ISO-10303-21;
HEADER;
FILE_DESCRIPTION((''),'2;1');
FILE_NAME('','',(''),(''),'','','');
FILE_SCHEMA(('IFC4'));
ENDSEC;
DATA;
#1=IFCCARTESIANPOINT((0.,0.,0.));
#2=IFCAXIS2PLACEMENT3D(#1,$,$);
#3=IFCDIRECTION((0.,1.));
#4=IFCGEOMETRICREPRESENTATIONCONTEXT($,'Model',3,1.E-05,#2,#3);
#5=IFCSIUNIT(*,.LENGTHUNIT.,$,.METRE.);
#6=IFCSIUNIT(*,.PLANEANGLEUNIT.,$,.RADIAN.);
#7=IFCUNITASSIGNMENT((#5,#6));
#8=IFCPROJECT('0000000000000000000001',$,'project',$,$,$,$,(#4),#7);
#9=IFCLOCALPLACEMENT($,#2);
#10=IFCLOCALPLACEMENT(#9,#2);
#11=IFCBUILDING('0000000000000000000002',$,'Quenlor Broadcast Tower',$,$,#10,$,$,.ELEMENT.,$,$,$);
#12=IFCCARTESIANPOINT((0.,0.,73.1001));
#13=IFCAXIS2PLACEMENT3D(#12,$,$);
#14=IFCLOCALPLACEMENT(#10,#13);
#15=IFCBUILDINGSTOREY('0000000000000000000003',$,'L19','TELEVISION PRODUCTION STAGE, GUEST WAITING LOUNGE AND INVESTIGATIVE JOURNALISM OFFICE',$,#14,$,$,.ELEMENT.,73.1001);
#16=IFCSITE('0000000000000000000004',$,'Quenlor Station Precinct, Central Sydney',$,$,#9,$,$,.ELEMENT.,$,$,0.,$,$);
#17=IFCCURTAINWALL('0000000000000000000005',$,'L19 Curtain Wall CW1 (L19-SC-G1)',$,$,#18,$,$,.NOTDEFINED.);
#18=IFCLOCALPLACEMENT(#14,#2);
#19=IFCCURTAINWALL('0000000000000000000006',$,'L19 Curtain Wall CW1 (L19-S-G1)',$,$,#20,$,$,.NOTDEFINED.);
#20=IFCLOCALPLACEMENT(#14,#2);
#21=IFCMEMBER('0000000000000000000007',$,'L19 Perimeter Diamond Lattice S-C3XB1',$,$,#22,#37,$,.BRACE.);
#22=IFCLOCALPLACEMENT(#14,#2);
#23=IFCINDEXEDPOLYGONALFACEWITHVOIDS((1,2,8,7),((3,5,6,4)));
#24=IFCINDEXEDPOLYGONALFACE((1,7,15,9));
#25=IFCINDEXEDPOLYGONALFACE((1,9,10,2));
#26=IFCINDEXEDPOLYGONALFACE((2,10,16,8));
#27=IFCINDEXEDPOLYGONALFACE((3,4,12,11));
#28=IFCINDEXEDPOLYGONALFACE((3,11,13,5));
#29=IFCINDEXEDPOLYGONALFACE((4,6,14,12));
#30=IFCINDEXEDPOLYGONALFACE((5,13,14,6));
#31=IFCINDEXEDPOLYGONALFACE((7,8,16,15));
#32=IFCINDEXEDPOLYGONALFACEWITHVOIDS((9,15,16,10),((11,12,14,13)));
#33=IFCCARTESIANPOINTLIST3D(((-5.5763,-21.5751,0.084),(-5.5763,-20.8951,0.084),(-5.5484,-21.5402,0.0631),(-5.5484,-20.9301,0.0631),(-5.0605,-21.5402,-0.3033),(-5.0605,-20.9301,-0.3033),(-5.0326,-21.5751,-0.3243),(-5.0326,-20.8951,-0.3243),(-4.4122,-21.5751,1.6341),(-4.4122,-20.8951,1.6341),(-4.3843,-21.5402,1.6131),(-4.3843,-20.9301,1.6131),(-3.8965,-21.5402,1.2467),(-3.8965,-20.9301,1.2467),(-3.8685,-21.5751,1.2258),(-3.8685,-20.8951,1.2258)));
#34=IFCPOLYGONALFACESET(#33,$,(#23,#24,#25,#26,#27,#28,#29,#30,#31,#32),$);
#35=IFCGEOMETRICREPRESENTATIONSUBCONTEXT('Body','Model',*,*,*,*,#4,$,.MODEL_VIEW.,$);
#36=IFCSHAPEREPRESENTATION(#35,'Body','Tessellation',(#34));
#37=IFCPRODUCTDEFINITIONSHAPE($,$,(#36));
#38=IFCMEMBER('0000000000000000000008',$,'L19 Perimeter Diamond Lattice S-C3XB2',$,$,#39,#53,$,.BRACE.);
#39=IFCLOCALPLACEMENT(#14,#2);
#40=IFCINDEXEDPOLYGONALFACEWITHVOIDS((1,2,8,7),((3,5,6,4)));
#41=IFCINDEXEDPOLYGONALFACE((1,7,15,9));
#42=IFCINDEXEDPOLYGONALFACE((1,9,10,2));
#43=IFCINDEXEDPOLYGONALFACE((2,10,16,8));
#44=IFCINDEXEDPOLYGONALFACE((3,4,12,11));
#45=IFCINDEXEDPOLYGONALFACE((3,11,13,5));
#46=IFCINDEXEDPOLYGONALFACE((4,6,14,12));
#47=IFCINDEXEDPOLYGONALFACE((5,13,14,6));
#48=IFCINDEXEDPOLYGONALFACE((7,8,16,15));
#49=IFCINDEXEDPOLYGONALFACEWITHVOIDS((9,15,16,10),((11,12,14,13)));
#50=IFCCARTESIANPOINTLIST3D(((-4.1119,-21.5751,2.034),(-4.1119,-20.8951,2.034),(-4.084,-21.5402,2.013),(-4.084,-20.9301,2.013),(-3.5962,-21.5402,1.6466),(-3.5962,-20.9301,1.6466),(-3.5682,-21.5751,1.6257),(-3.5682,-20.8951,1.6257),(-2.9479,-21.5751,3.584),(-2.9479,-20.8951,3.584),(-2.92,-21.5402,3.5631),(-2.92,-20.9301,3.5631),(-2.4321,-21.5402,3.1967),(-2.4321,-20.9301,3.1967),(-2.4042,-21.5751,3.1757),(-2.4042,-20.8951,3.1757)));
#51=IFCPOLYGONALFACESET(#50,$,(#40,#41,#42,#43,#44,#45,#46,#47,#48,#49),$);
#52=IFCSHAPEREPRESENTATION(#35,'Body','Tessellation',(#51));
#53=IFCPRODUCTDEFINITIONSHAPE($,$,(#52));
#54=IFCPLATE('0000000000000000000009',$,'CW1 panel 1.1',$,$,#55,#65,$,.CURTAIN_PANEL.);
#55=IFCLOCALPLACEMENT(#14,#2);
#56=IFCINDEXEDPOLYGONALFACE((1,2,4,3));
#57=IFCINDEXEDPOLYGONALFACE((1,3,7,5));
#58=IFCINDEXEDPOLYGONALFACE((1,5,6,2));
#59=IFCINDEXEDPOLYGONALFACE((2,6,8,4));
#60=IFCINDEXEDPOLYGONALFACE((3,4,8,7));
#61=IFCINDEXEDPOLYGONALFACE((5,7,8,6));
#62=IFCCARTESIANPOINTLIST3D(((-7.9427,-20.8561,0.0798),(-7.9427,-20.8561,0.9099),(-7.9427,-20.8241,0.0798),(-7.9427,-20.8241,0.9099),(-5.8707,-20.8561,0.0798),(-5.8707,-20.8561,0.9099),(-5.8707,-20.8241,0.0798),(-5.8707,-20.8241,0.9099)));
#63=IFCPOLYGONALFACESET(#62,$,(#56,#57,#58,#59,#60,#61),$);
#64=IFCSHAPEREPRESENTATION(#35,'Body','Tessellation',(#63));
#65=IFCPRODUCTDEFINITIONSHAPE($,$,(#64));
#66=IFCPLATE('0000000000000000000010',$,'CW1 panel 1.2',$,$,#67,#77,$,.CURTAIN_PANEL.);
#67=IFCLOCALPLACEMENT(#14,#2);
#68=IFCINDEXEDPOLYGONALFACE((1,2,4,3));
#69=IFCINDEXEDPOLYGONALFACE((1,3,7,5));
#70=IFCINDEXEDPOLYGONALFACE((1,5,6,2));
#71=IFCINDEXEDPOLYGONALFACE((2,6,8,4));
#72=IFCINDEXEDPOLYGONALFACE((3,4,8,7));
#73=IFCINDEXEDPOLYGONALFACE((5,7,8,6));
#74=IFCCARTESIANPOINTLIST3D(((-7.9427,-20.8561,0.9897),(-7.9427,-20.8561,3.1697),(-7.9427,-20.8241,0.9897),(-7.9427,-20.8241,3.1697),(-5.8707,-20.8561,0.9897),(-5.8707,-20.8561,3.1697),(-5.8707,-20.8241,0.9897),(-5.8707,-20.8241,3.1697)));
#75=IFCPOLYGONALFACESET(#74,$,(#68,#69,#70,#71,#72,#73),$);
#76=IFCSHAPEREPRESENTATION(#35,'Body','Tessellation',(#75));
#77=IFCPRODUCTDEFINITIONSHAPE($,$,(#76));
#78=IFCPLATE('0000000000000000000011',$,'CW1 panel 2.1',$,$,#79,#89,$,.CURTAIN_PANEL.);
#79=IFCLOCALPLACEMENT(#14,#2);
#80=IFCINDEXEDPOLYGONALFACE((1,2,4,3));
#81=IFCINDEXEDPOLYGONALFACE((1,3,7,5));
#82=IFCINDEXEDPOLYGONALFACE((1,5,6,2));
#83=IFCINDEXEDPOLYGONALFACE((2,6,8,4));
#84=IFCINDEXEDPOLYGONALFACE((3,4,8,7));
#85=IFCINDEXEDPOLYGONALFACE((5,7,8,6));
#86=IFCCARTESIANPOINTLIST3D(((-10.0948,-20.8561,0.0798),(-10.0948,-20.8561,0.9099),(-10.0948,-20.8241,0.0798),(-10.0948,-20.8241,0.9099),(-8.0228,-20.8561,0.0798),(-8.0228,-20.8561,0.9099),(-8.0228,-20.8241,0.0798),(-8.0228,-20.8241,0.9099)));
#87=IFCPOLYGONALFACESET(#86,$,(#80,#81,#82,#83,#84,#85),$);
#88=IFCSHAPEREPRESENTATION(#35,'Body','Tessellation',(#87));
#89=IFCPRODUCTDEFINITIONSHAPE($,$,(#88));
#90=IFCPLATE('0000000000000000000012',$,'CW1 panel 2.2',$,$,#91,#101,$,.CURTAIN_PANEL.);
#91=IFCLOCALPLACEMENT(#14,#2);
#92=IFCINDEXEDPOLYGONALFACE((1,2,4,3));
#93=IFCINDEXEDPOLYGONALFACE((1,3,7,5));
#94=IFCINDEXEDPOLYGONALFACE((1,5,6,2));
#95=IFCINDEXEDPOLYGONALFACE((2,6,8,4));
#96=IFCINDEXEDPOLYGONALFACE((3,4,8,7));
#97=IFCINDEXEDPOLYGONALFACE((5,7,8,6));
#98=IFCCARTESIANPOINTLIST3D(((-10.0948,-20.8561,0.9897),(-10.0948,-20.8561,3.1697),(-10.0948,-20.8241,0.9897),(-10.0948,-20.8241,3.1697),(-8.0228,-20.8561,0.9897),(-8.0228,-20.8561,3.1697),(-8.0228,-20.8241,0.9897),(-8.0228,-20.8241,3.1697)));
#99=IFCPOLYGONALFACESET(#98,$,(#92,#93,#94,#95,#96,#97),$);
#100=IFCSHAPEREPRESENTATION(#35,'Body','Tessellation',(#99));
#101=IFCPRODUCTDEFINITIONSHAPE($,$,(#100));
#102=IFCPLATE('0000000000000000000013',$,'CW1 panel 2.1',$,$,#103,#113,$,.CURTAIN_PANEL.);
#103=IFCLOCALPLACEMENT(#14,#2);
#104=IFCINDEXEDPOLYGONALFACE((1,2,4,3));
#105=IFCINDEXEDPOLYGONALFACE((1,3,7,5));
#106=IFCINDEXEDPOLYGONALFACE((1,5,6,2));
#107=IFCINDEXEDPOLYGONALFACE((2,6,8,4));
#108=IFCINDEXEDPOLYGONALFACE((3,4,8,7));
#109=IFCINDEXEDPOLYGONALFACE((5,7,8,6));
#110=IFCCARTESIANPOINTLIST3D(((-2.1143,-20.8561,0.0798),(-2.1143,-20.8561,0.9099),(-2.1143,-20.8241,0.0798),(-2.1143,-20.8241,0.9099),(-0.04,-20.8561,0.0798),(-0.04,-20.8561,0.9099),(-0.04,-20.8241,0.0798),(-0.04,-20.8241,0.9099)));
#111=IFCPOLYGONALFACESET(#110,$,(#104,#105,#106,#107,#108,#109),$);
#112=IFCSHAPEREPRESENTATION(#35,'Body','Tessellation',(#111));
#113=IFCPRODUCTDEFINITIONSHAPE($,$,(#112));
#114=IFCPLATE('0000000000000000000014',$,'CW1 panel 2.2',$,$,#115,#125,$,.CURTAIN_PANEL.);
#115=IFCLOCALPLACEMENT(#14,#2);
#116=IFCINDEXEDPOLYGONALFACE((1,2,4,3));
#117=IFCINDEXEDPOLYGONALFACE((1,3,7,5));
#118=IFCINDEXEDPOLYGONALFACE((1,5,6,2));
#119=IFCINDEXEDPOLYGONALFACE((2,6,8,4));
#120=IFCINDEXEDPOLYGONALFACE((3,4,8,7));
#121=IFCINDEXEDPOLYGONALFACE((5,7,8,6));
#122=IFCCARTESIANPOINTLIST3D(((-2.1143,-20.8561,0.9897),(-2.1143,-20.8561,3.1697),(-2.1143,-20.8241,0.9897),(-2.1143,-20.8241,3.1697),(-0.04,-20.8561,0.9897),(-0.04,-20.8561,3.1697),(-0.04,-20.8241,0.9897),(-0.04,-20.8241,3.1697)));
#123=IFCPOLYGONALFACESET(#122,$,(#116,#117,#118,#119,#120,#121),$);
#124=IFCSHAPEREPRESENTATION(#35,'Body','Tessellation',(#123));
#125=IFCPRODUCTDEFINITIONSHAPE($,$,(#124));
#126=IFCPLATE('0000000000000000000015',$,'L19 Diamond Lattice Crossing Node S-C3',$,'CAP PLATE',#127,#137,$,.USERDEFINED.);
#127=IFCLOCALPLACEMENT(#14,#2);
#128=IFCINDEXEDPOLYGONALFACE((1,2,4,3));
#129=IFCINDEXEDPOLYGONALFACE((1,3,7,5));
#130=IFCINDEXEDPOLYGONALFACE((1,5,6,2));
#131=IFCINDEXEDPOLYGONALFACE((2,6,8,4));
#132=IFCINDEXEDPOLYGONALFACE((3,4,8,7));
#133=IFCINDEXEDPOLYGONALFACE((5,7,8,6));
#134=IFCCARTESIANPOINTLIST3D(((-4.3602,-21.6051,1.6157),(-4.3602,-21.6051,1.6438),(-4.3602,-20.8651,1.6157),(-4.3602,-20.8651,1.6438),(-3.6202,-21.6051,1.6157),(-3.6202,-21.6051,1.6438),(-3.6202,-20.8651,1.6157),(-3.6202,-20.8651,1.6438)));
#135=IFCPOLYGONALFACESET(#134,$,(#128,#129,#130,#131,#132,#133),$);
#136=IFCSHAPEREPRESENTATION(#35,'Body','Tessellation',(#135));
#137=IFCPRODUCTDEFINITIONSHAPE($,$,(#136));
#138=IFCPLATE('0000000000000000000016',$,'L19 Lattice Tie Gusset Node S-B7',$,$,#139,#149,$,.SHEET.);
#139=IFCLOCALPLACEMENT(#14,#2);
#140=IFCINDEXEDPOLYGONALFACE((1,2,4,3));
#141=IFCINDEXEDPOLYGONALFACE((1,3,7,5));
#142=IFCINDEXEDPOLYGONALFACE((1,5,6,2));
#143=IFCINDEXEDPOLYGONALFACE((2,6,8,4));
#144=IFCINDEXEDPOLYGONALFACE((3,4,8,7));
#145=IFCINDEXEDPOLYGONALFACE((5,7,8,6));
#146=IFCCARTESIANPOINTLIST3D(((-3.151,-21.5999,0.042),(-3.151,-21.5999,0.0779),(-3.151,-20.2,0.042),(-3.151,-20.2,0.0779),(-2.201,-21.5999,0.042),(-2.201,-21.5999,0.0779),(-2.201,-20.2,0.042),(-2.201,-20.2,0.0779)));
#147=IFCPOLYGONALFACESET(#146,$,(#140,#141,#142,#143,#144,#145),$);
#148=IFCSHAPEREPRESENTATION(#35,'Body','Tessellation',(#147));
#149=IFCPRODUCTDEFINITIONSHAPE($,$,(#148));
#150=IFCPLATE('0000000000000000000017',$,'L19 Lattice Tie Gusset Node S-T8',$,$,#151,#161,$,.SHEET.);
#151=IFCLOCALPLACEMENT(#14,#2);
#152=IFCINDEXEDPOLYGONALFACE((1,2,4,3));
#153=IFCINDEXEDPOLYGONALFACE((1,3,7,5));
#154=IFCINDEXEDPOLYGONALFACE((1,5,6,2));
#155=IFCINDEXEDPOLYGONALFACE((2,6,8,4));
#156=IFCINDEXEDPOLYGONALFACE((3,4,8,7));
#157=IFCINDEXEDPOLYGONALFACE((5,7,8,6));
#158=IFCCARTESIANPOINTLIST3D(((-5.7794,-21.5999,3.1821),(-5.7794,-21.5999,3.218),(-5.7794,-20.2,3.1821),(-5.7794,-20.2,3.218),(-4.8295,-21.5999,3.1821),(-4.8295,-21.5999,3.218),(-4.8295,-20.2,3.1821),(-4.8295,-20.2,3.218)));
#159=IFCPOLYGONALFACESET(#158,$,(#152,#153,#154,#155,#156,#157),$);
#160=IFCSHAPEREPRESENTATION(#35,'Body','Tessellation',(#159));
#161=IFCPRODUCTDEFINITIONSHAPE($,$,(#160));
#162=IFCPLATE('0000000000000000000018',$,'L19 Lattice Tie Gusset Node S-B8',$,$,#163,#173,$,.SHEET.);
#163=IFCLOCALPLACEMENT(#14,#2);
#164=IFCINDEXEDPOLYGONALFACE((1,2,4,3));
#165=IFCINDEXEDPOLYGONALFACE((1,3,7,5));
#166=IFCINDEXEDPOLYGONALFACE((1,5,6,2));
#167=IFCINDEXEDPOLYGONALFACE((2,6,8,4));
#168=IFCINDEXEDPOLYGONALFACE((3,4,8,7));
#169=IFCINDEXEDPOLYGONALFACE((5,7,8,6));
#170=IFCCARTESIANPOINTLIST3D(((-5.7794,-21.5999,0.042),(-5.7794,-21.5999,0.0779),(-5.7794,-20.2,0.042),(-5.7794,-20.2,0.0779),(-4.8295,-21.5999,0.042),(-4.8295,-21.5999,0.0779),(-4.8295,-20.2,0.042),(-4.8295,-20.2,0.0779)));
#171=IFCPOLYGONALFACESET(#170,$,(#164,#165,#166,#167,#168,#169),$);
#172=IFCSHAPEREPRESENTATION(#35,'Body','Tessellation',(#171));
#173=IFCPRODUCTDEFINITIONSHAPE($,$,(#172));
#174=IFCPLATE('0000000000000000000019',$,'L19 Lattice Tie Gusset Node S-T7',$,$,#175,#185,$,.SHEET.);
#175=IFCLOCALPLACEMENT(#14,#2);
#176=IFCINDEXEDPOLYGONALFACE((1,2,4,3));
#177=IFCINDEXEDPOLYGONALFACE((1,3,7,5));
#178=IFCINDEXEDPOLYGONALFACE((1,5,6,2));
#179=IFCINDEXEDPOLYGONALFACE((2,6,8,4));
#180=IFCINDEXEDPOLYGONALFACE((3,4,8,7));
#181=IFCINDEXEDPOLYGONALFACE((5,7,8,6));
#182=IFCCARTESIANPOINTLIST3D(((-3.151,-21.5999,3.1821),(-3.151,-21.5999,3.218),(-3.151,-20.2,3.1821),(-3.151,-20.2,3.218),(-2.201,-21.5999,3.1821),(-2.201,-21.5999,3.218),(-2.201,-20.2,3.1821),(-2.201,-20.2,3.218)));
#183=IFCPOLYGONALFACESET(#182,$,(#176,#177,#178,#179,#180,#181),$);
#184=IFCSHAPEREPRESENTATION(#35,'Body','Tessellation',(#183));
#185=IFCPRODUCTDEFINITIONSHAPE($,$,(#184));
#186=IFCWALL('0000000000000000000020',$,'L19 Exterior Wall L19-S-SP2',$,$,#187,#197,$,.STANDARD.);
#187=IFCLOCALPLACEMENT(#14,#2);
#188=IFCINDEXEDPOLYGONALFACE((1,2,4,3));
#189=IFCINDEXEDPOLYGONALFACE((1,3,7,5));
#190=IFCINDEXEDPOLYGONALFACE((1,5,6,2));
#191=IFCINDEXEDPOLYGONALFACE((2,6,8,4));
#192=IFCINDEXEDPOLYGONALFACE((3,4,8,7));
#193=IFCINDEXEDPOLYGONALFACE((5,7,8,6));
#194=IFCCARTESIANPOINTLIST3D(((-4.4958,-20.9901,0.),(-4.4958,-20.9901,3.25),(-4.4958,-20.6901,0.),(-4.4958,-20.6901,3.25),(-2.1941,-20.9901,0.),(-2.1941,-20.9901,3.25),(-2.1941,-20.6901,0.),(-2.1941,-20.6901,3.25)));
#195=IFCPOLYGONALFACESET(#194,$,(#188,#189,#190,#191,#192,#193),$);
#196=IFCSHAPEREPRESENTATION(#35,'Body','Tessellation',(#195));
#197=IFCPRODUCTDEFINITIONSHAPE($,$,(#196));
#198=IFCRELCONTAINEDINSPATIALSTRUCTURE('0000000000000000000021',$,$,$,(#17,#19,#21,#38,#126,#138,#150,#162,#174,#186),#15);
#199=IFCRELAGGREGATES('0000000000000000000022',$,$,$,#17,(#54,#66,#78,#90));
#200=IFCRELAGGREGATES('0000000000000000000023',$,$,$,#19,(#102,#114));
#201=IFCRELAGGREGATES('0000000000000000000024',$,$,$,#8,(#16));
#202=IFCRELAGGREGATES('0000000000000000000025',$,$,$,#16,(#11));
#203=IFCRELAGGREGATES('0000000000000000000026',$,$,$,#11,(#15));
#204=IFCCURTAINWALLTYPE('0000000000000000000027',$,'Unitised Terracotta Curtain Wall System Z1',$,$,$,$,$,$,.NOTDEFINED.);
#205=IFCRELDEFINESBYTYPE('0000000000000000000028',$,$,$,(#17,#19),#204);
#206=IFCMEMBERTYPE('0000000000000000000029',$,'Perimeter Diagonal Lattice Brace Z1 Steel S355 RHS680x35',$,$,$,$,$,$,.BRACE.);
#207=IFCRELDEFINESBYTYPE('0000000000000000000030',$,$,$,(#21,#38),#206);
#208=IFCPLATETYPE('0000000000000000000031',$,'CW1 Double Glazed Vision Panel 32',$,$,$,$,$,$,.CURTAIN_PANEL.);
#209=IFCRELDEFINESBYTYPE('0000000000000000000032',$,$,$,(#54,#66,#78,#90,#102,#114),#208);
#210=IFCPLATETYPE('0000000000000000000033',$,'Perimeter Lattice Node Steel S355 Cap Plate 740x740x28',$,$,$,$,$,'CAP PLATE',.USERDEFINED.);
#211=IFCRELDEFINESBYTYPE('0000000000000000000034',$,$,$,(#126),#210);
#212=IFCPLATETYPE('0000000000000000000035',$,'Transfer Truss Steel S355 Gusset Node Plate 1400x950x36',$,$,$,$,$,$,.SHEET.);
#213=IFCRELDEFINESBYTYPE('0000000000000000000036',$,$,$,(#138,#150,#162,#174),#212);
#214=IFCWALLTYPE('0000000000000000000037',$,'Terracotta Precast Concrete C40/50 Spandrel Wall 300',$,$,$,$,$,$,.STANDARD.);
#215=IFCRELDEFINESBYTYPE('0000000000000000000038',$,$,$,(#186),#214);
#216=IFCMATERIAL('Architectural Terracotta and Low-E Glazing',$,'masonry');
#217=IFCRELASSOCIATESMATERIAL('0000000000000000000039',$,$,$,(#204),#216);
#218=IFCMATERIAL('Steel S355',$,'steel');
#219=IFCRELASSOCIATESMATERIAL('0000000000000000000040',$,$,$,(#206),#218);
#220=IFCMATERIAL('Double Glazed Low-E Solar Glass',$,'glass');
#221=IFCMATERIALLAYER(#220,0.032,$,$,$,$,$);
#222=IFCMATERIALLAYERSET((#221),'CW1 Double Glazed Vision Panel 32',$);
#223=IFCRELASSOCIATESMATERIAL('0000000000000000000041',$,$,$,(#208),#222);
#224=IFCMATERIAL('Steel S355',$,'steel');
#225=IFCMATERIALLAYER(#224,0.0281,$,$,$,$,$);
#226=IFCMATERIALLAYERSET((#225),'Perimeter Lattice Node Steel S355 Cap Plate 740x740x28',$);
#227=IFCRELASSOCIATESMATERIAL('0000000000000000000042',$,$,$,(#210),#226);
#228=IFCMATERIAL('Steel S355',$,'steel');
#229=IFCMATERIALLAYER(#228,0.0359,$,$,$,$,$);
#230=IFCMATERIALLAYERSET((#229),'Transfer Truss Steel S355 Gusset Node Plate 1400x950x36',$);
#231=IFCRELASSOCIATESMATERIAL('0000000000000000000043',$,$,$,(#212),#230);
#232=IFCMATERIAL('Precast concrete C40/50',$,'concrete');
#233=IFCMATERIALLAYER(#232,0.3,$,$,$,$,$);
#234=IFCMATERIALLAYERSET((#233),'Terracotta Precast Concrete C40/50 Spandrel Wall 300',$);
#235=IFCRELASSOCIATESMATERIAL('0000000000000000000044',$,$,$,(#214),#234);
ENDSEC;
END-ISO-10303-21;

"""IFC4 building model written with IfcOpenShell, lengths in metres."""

from ifc_helpers import new_model, si_unit, direction, frame, frame_2d, origin, origin_2d, place, context, subcontext, project, spatial, rectangle, hollow_rectangle, extrude, material, layer, layer_set, material_profile, profile_set, type_object, element, aggregate, save


model = new_model("IFC4")

# Units and contexts
model_context = context("Model", 3, precision=1e-05, world=origin(), true_north=direction((0.0, 1.0)))
body_context = subcontext(model_context, "Body", "Model", "MODEL_VIEW")
ifc_project = project(units=[si_unit("LENGTHUNIT", "METRE"), si_unit("PLANEANGLEUNIT", "RADIAN")], contexts=[model_context])

# Site, building, storey
site_placement = place(None, origin())
site = spatial("IfcSite", under=ifc_project, at=site_placement, Name="Quenlor Station Precinct, Central Sydney", CompositionType="ELEMENT", RefElevation=0.0)
building_placement = place(site_placement, origin())
building = spatial("IfcBuilding", under=site, at=building_placement, Name="Quenlor Broadcast Tower", CompositionType="ELEMENT")
storey_placement = place(building_placement, frame((0.0, 0.0, 73.1001)))
storey = spatial("IfcBuildingStorey", under=building, at=storey_placement, Name="L19", Description="TELEVISION PRODUCTION STAGE, GUEST WAITING LOUNGE AND INVESTIGATIVE JOURNALISM OFFICE", CompositionType="ELEMENT", Elevation=73.1001)

# Curtain wall
ifc_material_1 = material(Name="Architectural Terracotta and Low-E Glazing", Category="masonry")
curtain_wall_type = type_object("IfcCurtainWallType", Name="Unitised Terracotta Curtain Wall System Z1", PredefinedType="NOTDEFINED", material=ifc_material_1)
curtain_wall_1_placement = place(storey_placement, origin())
curtain_wall_1 = element("IfcCurtainWall", 1, at=curtain_wall_1_placement, inside=storey, type_object=curtain_wall_type, Name="L19 Curtain Wall CW1 (L19-SC-G1)", PredefinedType="NOTDEFINED")

# Curtain wall
curtain_wall_2_placement = place(storey_placement, origin())
curtain_wall_2 = element("IfcCurtainWall", 2, at=curtain_wall_2_placement, inside=storey, type_object=curtain_wall_type, Name="L19 Curtain Wall CW1 (L19-S-G1)", PredefinedType="NOTDEFINED")

# Members
ifc_material_2 = material(Name="Steel S355", Category="steel")
ifc_material_profile_1 = material_profile(ifc_material_2, hollow_rectangle(XDim=0.6799, YDim=0.6799, WallThickness=0.0349, at=origin_2d()))
ifc_profile_set_1 = profile_set([ifc_material_profile_1], Name="Steel S355 RHS680x680x35")
member_type_1 = type_object("IfcMemberType", Name="Perimeter Diagonal Lattice Brace Z1 Steel S355 RHS680x35", PredefinedType="BRACE", material=ifc_profile_set_1)
for number, where, z_axis, x_axis, name in (
    (3, (-5.3044, -21.2351, -0.1201), (0.600504, 0.0, 0.799622), (0.0, 1.0, 0.0), "L19 Perimeter Diamond Lattice S-C3XB1"),
    (4, (-3.8401, -21.2351, 1.8298), (0.600504, 0.0, 0.799622), (0.0, 1.0, 0.0), "L19 Perimeter Diamond Lattice S-C3XB2"),
):
    element("IfcMember", number, at=place(storey_placement, frame(where, z_axis=z_axis, x_axis=x_axis)), inside=storey, type_object=member_type_1, Name=name, PredefinedType="BRACE", context=body_context, shape_type="SweptSolid", body=[
        extrude(hollow_rectangle(XDim=0.6799, YDim=0.6799, WallThickness=0.0349, at=origin_2d()), origin(), (0.0, 0.0, 1.0), 1.9385),
    ])

# Plates
ifc_material_3 = material(Name="Double Glazed Low-E Solar Glass", Category="glass")
ifc_layer_1 = layer(ifc_material_3, 0.032)
ifc_layer_set_1 = layer_set([ifc_layer_1], Name="CW1 Double Glazed Vision Panel 32")
plate_type_1 = type_object("IfcPlateType", Name="CW1 Double Glazed Vision Panel 32", PredefinedType="CURTAIN_PANEL", material=ifc_layer_set_1)
plate_1_placement = place(storey_placement, frame((-6.9067, -20.8401, 0.0798), z_axis=(0.0, 0.0, 1.0), x_axis=(-1.0, 0.0, 0.0)))
plate_1 = element("IfcPlate", 5, at=plate_1_placement, type_object=plate_type_1, Name="CW1 panel 1.1", PredefinedType="CURTAIN_PANEL", context=body_context, shape_type="SweptSolid", body=[
    extrude(rectangle(XDim=2.072, YDim=0.032, at=origin_2d()), origin(), (0.0, 0.0, 1.0), 0.8301),
])
plate_2_placement = place(storey_placement, frame((-6.9067, -20.8401, 0.9897), z_axis=(0.0, 0.0, 1.0), x_axis=(-1.0, 0.0, 0.0)))
plate_2 = element("IfcPlate", 6, at=plate_2_placement, type_object=plate_type_1, Name="CW1 panel 1.2", PredefinedType="CURTAIN_PANEL", context=body_context, shape_type="SweptSolid", body=[
    extrude(rectangle(XDim=2.072, YDim=0.032, at=origin_2d()), origin(), (0.0, 0.0, 1.0), 2.1799),
])
plate_3_placement = place(storey_placement, frame((-9.0588, -20.8401, 0.0798), z_axis=(0.0, 0.0, 1.0), x_axis=(-1.0, 0.0, 0.0)))
plate_3 = element("IfcPlate", 7, at=plate_3_placement, type_object=plate_type_1, Name="CW1 panel 2.1", PredefinedType="CURTAIN_PANEL", context=body_context, shape_type="SweptSolid", body=[
    extrude(rectangle(XDim=2.072, YDim=0.032, at=origin_2d()), origin(), (0.0, 0.0, 1.0), 0.8301),
])
plate_4_placement = place(storey_placement, frame((-9.0588, -20.8401, 0.9897), z_axis=(0.0, 0.0, 1.0), x_axis=(-1.0, 0.0, 0.0)))
plate_4 = element("IfcPlate", 8, at=plate_4_placement, type_object=plate_type_1, Name="CW1 panel 2.2", PredefinedType="CURTAIN_PANEL", context=body_context, shape_type="SweptSolid", body=[
    extrude(rectangle(XDim=2.072, YDim=0.032, at=origin_2d()), origin(), (0.0, 0.0, 1.0), 2.1799),
])
aggregate(curtain_wall_1, [plate_1, plate_2, plate_3, plate_4])
plate_5_placement = place(storey_placement, frame((-1.0771, -20.8401, 0.0798), z_axis=(0.0, 0.0, 1.0), x_axis=(-1.0, 0.0, 0.0)))
plate_5 = element("IfcPlate", 9, at=plate_5_placement, type_object=plate_type_1, Name="CW1 panel 2.1", PredefinedType="CURTAIN_PANEL", context=body_context, shape_type="SweptSolid", body=[
    extrude(rectangle(XDim=2.0742, YDim=0.032, at=origin_2d()), origin(), (0.0, 0.0, 1.0), 0.8301),
])
plate_6_placement = place(storey_placement, frame((-1.0771, -20.8401, 0.9897), z_axis=(0.0, 0.0, 1.0), x_axis=(-1.0, 0.0, 0.0)))
plate_6 = element("IfcPlate", 10, at=plate_6_placement, type_object=plate_type_1, Name="CW1 panel 2.2", PredefinedType="CURTAIN_PANEL", context=body_context, shape_type="SweptSolid", body=[
    extrude(rectangle(XDim=2.0742, YDim=0.032, at=origin_2d()), origin(), (0.0, 0.0, 1.0), 2.1799),
])
aggregate(curtain_wall_2, [plate_5, plate_6])

# Plates
ifc_material_4 = material(Name="Steel S355", Category="steel")
ifc_layer_2 = layer(ifc_material_4, 0.0281)
ifc_layer_set_2 = layer_set([ifc_layer_2], Name="Perimeter Lattice Node Steel S355 Cap Plate 740x740x28")
plate_type_2 = type_object("IfcPlateType", Name="Perimeter Lattice Node Steel S355 Cap Plate 740x740x28", ElementType="CAP PLATE", PredefinedType="USERDEFINED", material=ifc_layer_set_2)
plate_7_placement = place(storey_placement, frame((-3.9902, -21.2351, 1.6157), z_axis=(0.0, 0.0, 1.0), x_axis=(-1.0, 0.0, 0.0)))
element("IfcPlate", 11, at=plate_7_placement, inside=storey, type_object=plate_type_2, Name="L19 Diamond Lattice Crossing Node S-C3", ObjectType="CAP PLATE", PredefinedType="USERDEFINED", context=body_context, shape_type="SweptSolid", body=[
    extrude(rectangle(XDim=0.74, YDim=0.74, at=origin_2d()), origin(), (0.0, 0.0, 1.0), 0.0281),
])
ifc_material_5 = material(Name="Steel S355", Category="steel")
ifc_layer_3 = layer(ifc_material_5, 0.0359)
ifc_layer_set_3 = layer_set([ifc_layer_3], Name="Transfer Truss Steel S355 Gusset Node Plate 1400x950x36")
plate_type_3 = type_object("IfcPlateType", Name="Transfer Truss Steel S355 Gusset Node Plate 1400x950x36", PredefinedType="SHEET", material=ifc_layer_set_3)
for number, where, z_axis, x_axis, name in (
    (12, (-2.676, -20.8999, 0.042), (0.0, 0.0, 1.0), (0.0, -1.0, 0.0), "L19 Lattice Tie Gusset Node S-B7"),
    (13, (-5.3044, -20.8999, 3.1821), (0.0, 0.0, 1.0), (0.0, -1.0, 0.0), "L19 Lattice Tie Gusset Node S-T8"),
    (14, (-5.3044, -20.8999, 0.042), (0.0, 0.0, 1.0), (0.0, -1.0, 0.0), "L19 Lattice Tie Gusset Node S-B8"),
    (15, (-2.676, -20.8999, 3.1821), (0.0, 0.0, 1.0), (0.0, -1.0, 0.0), "L19 Lattice Tie Gusset Node S-T7"),
):
    element("IfcPlate", number, at=place(storey_placement, frame(where, z_axis=z_axis, x_axis=x_axis)), inside=storey, type_object=plate_type_3, Name=name, PredefinedType="SHEET", context=body_context, shape_type="SweptSolid", body=[
        extrude(rectangle(XDim=1.3999, YDim=0.95, at=origin_2d()), origin(), (0.0, 0.0, 1.0), 0.0359),
    ])

# Wall
ifc_material_6 = material(Name="Precast concrete C40/50", Category="concrete")
ifc_layer_4 = layer(ifc_material_6, 0.3)
ifc_layer_set_4 = layer_set([ifc_layer_4], Name="Terracotta Precast Concrete C40/50 Spandrel Wall 300")
wall_type = type_object("IfcWallType", Name="Terracotta Precast Concrete C40/50 Spandrel Wall 300", PredefinedType="STANDARD", material=ifc_layer_set_4)
wall_placement = place(storey_placement, frame((-2.1941, -20.8401, 0.0), z_axis=(0.0, 0.0, 1.0), x_axis=(-1.0, 0.0, 0.0)))
element("IfcWall", 16, at=wall_placement, inside=storey, type_object=wall_type, Name="L19 Exterior Wall L19-S-SP2", PredefinedType="STANDARD", context=body_context, shape_type="SweptSolid", body=[
    extrude(rectangle(XDim=2.3018, YDim=0.3, at=frame_2d((1.1509, 0.0))), origin(), (0.0, 0.0, 1.0), 3.25),
])

save(model, "model.ifc")
